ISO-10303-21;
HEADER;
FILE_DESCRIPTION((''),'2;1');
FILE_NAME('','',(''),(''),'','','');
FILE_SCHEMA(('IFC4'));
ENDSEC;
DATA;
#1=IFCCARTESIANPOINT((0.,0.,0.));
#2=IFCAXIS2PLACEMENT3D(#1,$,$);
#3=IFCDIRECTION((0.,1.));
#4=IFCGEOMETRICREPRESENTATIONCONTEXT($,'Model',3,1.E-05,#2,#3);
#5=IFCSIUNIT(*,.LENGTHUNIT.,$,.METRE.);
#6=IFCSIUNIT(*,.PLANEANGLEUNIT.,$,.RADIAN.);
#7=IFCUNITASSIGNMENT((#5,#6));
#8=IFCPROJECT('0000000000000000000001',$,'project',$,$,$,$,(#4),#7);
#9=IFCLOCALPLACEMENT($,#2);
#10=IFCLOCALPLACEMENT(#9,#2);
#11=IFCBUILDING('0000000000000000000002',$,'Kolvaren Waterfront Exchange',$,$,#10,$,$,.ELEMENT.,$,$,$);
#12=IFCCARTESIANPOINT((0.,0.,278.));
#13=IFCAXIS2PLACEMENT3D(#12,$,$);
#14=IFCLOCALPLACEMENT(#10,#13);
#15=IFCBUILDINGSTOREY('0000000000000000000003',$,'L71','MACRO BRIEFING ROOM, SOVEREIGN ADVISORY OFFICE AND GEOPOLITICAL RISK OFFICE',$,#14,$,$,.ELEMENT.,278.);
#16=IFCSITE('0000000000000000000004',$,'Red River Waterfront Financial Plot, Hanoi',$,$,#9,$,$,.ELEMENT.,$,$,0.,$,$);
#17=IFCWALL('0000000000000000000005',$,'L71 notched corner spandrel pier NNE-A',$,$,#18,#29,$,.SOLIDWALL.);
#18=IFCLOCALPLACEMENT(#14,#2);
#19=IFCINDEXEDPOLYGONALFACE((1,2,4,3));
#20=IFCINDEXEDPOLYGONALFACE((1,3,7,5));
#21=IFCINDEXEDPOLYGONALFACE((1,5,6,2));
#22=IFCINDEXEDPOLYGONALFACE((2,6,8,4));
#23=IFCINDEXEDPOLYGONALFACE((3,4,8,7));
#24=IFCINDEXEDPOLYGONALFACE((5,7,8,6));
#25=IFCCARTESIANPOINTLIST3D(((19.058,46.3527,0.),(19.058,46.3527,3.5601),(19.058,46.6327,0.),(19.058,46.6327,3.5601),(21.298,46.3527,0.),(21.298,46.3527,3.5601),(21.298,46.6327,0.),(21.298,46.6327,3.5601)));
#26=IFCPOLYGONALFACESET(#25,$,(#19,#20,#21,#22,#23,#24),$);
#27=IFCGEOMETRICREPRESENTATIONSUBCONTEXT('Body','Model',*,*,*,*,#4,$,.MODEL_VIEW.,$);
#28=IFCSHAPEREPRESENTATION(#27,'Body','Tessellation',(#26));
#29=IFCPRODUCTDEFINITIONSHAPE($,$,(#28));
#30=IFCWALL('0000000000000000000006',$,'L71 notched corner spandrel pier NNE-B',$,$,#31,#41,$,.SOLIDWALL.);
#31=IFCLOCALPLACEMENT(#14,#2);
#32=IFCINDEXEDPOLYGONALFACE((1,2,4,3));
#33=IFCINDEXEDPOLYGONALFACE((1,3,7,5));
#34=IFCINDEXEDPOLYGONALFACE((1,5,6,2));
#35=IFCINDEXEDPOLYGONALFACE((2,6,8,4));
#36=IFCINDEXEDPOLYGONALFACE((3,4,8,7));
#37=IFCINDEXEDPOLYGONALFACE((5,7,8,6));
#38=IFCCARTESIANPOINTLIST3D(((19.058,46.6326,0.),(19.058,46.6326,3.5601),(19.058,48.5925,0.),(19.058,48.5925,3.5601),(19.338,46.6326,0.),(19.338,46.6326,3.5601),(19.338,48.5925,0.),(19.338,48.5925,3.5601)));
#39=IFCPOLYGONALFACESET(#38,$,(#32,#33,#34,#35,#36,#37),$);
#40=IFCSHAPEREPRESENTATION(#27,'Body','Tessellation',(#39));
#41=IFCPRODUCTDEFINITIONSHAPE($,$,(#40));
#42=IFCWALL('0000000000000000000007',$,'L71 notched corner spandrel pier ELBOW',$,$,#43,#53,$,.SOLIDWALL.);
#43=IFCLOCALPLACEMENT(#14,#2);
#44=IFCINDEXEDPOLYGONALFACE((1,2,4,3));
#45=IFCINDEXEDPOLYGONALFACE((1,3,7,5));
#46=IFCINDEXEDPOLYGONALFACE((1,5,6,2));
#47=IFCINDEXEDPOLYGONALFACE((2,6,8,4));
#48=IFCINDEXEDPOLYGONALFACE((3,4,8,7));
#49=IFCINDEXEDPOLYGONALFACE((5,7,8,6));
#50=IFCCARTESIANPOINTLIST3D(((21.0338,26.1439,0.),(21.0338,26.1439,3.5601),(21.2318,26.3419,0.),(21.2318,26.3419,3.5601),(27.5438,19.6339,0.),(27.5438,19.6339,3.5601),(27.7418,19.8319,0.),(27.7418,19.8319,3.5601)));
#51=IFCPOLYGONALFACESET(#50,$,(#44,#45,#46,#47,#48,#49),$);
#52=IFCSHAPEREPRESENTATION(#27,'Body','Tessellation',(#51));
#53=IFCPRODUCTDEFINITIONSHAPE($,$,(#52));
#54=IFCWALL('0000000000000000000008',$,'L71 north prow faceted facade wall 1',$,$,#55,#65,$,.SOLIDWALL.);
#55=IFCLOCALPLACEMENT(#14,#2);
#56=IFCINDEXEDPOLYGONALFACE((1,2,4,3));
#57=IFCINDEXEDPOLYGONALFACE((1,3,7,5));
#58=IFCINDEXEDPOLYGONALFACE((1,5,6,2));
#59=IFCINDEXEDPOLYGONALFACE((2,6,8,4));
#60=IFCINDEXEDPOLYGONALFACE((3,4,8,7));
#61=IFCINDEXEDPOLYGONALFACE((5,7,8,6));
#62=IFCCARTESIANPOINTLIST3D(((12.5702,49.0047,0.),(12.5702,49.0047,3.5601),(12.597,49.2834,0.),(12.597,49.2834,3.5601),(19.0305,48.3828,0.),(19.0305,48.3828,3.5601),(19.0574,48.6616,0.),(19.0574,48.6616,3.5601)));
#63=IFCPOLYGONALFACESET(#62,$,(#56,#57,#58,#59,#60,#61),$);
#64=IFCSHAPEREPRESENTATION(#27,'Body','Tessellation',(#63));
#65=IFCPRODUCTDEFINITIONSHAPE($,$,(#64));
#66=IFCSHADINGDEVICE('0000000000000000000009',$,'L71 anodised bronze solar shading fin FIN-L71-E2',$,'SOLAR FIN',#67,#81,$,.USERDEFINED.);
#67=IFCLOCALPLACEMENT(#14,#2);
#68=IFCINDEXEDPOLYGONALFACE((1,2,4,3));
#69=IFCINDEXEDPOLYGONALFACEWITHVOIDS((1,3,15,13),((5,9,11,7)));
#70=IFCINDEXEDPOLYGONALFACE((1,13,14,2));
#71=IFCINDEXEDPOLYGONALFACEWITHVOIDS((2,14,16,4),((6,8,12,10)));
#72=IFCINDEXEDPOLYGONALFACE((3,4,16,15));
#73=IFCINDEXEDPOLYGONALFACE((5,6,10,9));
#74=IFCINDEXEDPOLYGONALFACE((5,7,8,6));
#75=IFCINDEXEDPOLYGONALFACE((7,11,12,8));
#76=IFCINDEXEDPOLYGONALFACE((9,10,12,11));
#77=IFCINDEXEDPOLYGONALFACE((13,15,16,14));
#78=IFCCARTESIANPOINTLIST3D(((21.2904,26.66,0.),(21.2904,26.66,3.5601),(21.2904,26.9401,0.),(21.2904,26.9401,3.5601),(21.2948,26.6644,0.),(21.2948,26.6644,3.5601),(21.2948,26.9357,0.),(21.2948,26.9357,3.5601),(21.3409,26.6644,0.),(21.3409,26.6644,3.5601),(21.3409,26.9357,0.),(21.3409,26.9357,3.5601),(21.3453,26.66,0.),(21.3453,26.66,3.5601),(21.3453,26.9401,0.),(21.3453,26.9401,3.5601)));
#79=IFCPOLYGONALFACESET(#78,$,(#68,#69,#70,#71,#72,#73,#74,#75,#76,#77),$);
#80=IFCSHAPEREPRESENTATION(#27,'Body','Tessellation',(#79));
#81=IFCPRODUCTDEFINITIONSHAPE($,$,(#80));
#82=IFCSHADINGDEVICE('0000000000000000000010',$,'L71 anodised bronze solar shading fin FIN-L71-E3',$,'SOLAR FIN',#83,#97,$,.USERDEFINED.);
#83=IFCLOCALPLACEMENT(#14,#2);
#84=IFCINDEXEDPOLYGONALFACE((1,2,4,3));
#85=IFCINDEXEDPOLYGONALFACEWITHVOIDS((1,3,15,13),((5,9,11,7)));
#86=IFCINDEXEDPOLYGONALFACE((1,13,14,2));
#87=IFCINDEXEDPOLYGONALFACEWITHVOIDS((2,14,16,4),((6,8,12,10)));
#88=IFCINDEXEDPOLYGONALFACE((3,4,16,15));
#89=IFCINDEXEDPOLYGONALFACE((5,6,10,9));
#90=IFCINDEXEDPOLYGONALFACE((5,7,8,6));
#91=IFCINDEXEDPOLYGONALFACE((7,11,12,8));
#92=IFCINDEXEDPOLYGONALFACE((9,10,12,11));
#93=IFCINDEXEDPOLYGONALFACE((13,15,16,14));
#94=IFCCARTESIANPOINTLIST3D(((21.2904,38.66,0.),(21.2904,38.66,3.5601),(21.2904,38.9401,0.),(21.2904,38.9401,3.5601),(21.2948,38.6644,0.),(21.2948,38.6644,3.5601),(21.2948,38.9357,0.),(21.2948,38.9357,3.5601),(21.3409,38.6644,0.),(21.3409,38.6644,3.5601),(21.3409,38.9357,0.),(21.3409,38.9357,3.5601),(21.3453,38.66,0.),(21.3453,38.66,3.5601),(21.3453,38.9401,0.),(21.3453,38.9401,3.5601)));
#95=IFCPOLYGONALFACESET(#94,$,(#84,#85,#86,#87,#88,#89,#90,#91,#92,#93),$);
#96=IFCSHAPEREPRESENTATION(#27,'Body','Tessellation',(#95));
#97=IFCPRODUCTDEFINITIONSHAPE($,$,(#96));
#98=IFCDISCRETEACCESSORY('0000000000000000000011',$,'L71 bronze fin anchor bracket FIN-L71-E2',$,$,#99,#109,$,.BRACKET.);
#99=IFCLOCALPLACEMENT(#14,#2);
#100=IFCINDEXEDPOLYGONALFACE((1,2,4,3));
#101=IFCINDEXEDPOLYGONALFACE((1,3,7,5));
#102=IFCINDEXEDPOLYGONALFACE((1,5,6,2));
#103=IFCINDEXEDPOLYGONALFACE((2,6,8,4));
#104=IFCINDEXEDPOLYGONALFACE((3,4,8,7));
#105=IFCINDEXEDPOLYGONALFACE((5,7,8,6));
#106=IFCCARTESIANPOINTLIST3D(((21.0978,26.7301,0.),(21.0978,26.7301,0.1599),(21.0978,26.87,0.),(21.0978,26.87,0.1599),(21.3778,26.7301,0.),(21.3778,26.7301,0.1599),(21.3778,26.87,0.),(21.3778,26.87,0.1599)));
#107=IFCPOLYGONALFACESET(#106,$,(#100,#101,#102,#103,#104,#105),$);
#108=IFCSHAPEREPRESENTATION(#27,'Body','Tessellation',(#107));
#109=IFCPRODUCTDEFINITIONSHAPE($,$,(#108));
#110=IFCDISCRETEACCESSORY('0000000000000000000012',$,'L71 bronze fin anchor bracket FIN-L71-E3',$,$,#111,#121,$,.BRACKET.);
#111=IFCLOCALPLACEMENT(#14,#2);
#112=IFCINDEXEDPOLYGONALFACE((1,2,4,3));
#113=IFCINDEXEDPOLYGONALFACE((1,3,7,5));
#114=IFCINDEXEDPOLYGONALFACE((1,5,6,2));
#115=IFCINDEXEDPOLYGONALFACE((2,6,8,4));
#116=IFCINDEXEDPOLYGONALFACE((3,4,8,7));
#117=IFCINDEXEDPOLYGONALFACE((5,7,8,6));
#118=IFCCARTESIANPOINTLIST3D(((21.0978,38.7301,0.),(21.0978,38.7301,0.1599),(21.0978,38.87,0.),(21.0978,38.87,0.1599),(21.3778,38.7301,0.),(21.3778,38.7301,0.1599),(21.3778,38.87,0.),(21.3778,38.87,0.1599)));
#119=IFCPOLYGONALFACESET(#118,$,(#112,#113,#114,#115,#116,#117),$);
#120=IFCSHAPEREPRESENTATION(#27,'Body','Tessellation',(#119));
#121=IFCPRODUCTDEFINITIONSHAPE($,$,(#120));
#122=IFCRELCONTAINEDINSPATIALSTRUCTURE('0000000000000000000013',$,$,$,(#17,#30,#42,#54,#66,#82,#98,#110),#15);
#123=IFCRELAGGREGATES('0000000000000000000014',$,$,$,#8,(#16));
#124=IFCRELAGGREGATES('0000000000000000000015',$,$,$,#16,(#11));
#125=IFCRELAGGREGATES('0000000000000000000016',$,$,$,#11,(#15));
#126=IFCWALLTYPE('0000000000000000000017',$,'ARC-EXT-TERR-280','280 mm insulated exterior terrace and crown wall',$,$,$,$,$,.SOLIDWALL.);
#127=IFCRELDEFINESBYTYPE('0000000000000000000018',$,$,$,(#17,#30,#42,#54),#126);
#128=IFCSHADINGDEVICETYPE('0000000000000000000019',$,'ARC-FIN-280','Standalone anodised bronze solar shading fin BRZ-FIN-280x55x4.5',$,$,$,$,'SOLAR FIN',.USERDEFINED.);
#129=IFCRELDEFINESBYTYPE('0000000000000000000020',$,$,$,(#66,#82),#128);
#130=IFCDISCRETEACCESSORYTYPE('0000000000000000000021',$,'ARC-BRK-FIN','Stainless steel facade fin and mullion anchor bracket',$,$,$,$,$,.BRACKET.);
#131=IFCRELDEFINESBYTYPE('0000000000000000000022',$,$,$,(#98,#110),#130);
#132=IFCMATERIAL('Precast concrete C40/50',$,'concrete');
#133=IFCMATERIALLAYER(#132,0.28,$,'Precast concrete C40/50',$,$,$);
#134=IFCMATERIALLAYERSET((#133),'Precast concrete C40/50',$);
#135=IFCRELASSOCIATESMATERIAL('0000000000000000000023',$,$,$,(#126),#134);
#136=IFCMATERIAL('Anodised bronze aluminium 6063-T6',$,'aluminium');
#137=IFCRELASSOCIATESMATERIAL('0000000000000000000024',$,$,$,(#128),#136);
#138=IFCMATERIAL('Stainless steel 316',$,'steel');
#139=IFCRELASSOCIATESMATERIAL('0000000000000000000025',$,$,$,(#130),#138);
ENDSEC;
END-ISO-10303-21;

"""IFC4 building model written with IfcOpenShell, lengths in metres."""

from ifc_helpers import new_model, si_unit, direction, frame, frame_2d, origin, origin_with_axes, origin_2d, place, context, subcontext, project, spatial, rectangle, hollow_rectangle, extrude, source, transform, mapped, material, layer, layer_set, material_profile, profile_set, type_object, element, save


model = new_model("IFC4")

# Units and contexts
model_context = context("Model", 3, precision=1e-05, world=origin(), true_north=direction((0.0, 1.0)))
body_context = subcontext(model_context, "Body", "Model", "MODEL_VIEW")
ifc_project = project(units=[si_unit("LENGTHUNIT", "METRE"), si_unit("PLANEANGLEUNIT", "RADIAN")], contexts=[model_context])

# Site, building, storey
site_placement = place(None, origin())
site = spatial("IfcSite", under=ifc_project, at=site_placement, Name="Red River Waterfront Financial Plot, Hanoi", CompositionType="ELEMENT", RefElevation=0.0)
building_placement = place(site_placement, origin())
building = spatial("IfcBuilding", under=site, at=building_placement, Name="Kolvaren Waterfront Exchange", CompositionType="ELEMENT")
storey_placement = place(building_placement, frame((0.0, 0.0, 278.0)))
storey = spatial("IfcBuildingStorey", under=building, at=storey_placement, Name="L71", Description="MACRO BRIEFING ROOM, SOVEREIGN ADVISORY OFFICE AND GEOPOLITICAL RISK OFFICE", CompositionType="ELEMENT", Elevation=278.0)

# Shared definitions
ifc_material_1 = material(Name="Anodised bronze aluminium 6063-T6", Category="aluminium")

# Walls
ifc_material_2 = material(Name="Precast concrete C40/50", Category="concrete")
ifc_layer_1 = layer(ifc_material_2, 0.28, Name="Precast concrete C40/50")
ifc_layer_set_1 = layer_set([ifc_layer_1], Name="Precast concrete C40/50")
wall_type = type_object("IfcWallType", Name="ARC-EXT-TERR-280", Description="280 mm insulated exterior terrace and crown wall", PredefinedType="SOLIDWALL", material=ifc_layer_set_1)
wall_1_placement = place(storey_placement, frame((19.0579, 46.4927, 0.0), z_axis=(0.0, 0.0, 1.0), x_axis=(1.0, 0.0, 0.0)))
element("IfcWall", 1, at=wall_1_placement, inside=storey, type_object=wall_type, Name="L71 notched corner spandrel pier NNE-A", PredefinedType="SOLIDWALL", context=body_context, shape_type="SweptSolid", body=[
    extrude(rectangle(XDim=2.24, YDim=0.28, at=frame_2d((1.1201, 0.0))), origin(), (0.0, 0.0, 1.0), 3.5601),
])
wall_2_placement = place(storey_placement, frame((19.198, 46.6326, 0.0), z_axis=(0.0, 0.0, 1.0), x_axis=(0.0, 1.0, 0.0)))
element("IfcWall", 2, at=wall_2_placement, inside=storey, type_object=wall_type, Name="L71 notched corner spandrel pier NNE-B", PredefinedType="SOLIDWALL", context=body_context, shape_type="SweptSolid", body=[
    extrude(rectangle(XDim=1.96, YDim=0.28, at=frame_2d((0.98, 0.0))), origin(), (0.0, 0.0, 1.0), 3.5601),
])
wall_3_placement = place(storey_placement, frame((27.6428, 19.7329, 0.0), z_axis=(0.0, 0.0, 1.0), x_axis=(-0.707107, 0.707107, 0.0)))
element("IfcWall", 3, at=wall_3_placement, inside=storey, type_object=wall_type, Name="L71 notched corner spandrel pier ELBOW", PredefinedType="SOLIDWALL", context=body_context, shape_type="SweptSolid", body=[
    extrude(rectangle(XDim=9.2065, YDim=0.28, at=frame_2d((4.6033, 0.0))), origin(), (0.0, 0.0, 1.0), 3.5601),
])
wall_4_placement = place(storey_placement, frame((19.0439, 48.5222, 0.0), z_axis=(0.0, 0.0, 1.0), x_axis=(-0.9954, 0.095808, 0.0)))
element("IfcWall", 4, at=wall_4_placement, inside=storey, type_object=wall_type, Name="L71 north prow faceted facade wall 1", PredefinedType="SOLIDWALL", context=body_context, shape_type="SweptSolid", body=[
    extrude(rectangle(XDim=6.4902, YDim=0.28, at=frame_2d((3.2451, 0.0))), origin(), (0.0, 0.0, 1.0), 3.5601),
])

# Shading devices
ifc_material_profile_1 = material_profile(ifc_material_1, hollow_rectangle(XDim=0.0549, YDim=0.28, WallThickness=0.0044, at=origin_2d()), Name="BRZ-FIN-280x55x4.5")
ifc_profile_set_1 = profile_set([ifc_material_profile_1], Name="Anodised bronze aluminium 6063-T6")
shading_device_type = type_object("IfcShadingDeviceType", Name="ARC-FIN-280", Description="Standalone anodised bronze solar shading fin BRZ-FIN-280x55x4.5", ElementType="SOLAR FIN", PredefinedType="USERDEFINED", material=ifc_profile_set_1)
for number, where, z_axis, x_axis, name in (
    (5, (21.3179, 26.8, 0.0), (0.0, 0.0, 1.0), (1.0, 0.0, 0.0), "L71 anodised bronze solar shading fin FIN-L71-E2"),
    (6, (21.3179, 38.8, 0.0), (0.0, 0.0, 1.0), (1.0, 0.0, 0.0), "L71 anodised bronze solar shading fin FIN-L71-E3"),
):
    element("IfcShadingDevice", number, at=place(storey_placement, frame(where, z_axis=z_axis, x_axis=x_axis)), inside=storey, type_object=shading_device_type, Name=name, ObjectType="SOLAR FIN", PredefinedType="USERDEFINED", context=body_context, shape_type="SweptSolid", body=[
        extrude(hollow_rectangle(XDim=0.0549, YDim=0.28, WallThickness=0.0044, at=origin_2d()), origin(), (0.0, 0.0, 1.0), 3.5601),
    ])

# Discrete accessories
ifc_material_3 = material(Name="Stainless steel 316", Category="steel")
discrete_accessory_type = type_object("IfcDiscreteAccessoryType", Name="ARC-BRK-FIN", Description="Stainless steel facade fin and mullion anchor bracket", PredefinedType="BRACKET", material=ifc_material_3)
shared_shape_1 = source(origin_with_axes(), body_context, "Body", "SweptSolid", [
    extrude(rectangle(XDim=0.28, YDim=0.1399, at=origin_2d()), origin(), (0.0, 0.0, 1.0), 0.1599),
])
for number, where, z_axis, x_axis, name in (
    (7, (21.2378, 26.8, 0.0), (0.0, 0.0, 1.0), (1.0, 0.0, 0.0), "L71 bronze fin anchor bracket FIN-L71-E2"),
    (8, (21.2378, 38.8, 0.0), (0.0, 0.0, 1.0), (1.0, 0.0, 0.0), "L71 bronze fin anchor bracket FIN-L71-E3"),
):
    element("IfcDiscreteAccessory", number, at=place(storey_placement, frame(where, z_axis=z_axis, x_axis=x_axis)), inside=storey, type_object=discrete_accessory_type, Name=name, PredefinedType="BRACKET", context=body_context, shape_type="MappedRepresentation", body=[
        mapped(shared_shape_1, transform((0.0, 0.0, 0.0), x_axis=(1.0, 0.0, 0.0), y_axis=(0.0, 1.0, 0.0), z_axis=(0.0, 0.0, 1.0), scale=1.0)),
    ])

save(model, "model.ifc")
